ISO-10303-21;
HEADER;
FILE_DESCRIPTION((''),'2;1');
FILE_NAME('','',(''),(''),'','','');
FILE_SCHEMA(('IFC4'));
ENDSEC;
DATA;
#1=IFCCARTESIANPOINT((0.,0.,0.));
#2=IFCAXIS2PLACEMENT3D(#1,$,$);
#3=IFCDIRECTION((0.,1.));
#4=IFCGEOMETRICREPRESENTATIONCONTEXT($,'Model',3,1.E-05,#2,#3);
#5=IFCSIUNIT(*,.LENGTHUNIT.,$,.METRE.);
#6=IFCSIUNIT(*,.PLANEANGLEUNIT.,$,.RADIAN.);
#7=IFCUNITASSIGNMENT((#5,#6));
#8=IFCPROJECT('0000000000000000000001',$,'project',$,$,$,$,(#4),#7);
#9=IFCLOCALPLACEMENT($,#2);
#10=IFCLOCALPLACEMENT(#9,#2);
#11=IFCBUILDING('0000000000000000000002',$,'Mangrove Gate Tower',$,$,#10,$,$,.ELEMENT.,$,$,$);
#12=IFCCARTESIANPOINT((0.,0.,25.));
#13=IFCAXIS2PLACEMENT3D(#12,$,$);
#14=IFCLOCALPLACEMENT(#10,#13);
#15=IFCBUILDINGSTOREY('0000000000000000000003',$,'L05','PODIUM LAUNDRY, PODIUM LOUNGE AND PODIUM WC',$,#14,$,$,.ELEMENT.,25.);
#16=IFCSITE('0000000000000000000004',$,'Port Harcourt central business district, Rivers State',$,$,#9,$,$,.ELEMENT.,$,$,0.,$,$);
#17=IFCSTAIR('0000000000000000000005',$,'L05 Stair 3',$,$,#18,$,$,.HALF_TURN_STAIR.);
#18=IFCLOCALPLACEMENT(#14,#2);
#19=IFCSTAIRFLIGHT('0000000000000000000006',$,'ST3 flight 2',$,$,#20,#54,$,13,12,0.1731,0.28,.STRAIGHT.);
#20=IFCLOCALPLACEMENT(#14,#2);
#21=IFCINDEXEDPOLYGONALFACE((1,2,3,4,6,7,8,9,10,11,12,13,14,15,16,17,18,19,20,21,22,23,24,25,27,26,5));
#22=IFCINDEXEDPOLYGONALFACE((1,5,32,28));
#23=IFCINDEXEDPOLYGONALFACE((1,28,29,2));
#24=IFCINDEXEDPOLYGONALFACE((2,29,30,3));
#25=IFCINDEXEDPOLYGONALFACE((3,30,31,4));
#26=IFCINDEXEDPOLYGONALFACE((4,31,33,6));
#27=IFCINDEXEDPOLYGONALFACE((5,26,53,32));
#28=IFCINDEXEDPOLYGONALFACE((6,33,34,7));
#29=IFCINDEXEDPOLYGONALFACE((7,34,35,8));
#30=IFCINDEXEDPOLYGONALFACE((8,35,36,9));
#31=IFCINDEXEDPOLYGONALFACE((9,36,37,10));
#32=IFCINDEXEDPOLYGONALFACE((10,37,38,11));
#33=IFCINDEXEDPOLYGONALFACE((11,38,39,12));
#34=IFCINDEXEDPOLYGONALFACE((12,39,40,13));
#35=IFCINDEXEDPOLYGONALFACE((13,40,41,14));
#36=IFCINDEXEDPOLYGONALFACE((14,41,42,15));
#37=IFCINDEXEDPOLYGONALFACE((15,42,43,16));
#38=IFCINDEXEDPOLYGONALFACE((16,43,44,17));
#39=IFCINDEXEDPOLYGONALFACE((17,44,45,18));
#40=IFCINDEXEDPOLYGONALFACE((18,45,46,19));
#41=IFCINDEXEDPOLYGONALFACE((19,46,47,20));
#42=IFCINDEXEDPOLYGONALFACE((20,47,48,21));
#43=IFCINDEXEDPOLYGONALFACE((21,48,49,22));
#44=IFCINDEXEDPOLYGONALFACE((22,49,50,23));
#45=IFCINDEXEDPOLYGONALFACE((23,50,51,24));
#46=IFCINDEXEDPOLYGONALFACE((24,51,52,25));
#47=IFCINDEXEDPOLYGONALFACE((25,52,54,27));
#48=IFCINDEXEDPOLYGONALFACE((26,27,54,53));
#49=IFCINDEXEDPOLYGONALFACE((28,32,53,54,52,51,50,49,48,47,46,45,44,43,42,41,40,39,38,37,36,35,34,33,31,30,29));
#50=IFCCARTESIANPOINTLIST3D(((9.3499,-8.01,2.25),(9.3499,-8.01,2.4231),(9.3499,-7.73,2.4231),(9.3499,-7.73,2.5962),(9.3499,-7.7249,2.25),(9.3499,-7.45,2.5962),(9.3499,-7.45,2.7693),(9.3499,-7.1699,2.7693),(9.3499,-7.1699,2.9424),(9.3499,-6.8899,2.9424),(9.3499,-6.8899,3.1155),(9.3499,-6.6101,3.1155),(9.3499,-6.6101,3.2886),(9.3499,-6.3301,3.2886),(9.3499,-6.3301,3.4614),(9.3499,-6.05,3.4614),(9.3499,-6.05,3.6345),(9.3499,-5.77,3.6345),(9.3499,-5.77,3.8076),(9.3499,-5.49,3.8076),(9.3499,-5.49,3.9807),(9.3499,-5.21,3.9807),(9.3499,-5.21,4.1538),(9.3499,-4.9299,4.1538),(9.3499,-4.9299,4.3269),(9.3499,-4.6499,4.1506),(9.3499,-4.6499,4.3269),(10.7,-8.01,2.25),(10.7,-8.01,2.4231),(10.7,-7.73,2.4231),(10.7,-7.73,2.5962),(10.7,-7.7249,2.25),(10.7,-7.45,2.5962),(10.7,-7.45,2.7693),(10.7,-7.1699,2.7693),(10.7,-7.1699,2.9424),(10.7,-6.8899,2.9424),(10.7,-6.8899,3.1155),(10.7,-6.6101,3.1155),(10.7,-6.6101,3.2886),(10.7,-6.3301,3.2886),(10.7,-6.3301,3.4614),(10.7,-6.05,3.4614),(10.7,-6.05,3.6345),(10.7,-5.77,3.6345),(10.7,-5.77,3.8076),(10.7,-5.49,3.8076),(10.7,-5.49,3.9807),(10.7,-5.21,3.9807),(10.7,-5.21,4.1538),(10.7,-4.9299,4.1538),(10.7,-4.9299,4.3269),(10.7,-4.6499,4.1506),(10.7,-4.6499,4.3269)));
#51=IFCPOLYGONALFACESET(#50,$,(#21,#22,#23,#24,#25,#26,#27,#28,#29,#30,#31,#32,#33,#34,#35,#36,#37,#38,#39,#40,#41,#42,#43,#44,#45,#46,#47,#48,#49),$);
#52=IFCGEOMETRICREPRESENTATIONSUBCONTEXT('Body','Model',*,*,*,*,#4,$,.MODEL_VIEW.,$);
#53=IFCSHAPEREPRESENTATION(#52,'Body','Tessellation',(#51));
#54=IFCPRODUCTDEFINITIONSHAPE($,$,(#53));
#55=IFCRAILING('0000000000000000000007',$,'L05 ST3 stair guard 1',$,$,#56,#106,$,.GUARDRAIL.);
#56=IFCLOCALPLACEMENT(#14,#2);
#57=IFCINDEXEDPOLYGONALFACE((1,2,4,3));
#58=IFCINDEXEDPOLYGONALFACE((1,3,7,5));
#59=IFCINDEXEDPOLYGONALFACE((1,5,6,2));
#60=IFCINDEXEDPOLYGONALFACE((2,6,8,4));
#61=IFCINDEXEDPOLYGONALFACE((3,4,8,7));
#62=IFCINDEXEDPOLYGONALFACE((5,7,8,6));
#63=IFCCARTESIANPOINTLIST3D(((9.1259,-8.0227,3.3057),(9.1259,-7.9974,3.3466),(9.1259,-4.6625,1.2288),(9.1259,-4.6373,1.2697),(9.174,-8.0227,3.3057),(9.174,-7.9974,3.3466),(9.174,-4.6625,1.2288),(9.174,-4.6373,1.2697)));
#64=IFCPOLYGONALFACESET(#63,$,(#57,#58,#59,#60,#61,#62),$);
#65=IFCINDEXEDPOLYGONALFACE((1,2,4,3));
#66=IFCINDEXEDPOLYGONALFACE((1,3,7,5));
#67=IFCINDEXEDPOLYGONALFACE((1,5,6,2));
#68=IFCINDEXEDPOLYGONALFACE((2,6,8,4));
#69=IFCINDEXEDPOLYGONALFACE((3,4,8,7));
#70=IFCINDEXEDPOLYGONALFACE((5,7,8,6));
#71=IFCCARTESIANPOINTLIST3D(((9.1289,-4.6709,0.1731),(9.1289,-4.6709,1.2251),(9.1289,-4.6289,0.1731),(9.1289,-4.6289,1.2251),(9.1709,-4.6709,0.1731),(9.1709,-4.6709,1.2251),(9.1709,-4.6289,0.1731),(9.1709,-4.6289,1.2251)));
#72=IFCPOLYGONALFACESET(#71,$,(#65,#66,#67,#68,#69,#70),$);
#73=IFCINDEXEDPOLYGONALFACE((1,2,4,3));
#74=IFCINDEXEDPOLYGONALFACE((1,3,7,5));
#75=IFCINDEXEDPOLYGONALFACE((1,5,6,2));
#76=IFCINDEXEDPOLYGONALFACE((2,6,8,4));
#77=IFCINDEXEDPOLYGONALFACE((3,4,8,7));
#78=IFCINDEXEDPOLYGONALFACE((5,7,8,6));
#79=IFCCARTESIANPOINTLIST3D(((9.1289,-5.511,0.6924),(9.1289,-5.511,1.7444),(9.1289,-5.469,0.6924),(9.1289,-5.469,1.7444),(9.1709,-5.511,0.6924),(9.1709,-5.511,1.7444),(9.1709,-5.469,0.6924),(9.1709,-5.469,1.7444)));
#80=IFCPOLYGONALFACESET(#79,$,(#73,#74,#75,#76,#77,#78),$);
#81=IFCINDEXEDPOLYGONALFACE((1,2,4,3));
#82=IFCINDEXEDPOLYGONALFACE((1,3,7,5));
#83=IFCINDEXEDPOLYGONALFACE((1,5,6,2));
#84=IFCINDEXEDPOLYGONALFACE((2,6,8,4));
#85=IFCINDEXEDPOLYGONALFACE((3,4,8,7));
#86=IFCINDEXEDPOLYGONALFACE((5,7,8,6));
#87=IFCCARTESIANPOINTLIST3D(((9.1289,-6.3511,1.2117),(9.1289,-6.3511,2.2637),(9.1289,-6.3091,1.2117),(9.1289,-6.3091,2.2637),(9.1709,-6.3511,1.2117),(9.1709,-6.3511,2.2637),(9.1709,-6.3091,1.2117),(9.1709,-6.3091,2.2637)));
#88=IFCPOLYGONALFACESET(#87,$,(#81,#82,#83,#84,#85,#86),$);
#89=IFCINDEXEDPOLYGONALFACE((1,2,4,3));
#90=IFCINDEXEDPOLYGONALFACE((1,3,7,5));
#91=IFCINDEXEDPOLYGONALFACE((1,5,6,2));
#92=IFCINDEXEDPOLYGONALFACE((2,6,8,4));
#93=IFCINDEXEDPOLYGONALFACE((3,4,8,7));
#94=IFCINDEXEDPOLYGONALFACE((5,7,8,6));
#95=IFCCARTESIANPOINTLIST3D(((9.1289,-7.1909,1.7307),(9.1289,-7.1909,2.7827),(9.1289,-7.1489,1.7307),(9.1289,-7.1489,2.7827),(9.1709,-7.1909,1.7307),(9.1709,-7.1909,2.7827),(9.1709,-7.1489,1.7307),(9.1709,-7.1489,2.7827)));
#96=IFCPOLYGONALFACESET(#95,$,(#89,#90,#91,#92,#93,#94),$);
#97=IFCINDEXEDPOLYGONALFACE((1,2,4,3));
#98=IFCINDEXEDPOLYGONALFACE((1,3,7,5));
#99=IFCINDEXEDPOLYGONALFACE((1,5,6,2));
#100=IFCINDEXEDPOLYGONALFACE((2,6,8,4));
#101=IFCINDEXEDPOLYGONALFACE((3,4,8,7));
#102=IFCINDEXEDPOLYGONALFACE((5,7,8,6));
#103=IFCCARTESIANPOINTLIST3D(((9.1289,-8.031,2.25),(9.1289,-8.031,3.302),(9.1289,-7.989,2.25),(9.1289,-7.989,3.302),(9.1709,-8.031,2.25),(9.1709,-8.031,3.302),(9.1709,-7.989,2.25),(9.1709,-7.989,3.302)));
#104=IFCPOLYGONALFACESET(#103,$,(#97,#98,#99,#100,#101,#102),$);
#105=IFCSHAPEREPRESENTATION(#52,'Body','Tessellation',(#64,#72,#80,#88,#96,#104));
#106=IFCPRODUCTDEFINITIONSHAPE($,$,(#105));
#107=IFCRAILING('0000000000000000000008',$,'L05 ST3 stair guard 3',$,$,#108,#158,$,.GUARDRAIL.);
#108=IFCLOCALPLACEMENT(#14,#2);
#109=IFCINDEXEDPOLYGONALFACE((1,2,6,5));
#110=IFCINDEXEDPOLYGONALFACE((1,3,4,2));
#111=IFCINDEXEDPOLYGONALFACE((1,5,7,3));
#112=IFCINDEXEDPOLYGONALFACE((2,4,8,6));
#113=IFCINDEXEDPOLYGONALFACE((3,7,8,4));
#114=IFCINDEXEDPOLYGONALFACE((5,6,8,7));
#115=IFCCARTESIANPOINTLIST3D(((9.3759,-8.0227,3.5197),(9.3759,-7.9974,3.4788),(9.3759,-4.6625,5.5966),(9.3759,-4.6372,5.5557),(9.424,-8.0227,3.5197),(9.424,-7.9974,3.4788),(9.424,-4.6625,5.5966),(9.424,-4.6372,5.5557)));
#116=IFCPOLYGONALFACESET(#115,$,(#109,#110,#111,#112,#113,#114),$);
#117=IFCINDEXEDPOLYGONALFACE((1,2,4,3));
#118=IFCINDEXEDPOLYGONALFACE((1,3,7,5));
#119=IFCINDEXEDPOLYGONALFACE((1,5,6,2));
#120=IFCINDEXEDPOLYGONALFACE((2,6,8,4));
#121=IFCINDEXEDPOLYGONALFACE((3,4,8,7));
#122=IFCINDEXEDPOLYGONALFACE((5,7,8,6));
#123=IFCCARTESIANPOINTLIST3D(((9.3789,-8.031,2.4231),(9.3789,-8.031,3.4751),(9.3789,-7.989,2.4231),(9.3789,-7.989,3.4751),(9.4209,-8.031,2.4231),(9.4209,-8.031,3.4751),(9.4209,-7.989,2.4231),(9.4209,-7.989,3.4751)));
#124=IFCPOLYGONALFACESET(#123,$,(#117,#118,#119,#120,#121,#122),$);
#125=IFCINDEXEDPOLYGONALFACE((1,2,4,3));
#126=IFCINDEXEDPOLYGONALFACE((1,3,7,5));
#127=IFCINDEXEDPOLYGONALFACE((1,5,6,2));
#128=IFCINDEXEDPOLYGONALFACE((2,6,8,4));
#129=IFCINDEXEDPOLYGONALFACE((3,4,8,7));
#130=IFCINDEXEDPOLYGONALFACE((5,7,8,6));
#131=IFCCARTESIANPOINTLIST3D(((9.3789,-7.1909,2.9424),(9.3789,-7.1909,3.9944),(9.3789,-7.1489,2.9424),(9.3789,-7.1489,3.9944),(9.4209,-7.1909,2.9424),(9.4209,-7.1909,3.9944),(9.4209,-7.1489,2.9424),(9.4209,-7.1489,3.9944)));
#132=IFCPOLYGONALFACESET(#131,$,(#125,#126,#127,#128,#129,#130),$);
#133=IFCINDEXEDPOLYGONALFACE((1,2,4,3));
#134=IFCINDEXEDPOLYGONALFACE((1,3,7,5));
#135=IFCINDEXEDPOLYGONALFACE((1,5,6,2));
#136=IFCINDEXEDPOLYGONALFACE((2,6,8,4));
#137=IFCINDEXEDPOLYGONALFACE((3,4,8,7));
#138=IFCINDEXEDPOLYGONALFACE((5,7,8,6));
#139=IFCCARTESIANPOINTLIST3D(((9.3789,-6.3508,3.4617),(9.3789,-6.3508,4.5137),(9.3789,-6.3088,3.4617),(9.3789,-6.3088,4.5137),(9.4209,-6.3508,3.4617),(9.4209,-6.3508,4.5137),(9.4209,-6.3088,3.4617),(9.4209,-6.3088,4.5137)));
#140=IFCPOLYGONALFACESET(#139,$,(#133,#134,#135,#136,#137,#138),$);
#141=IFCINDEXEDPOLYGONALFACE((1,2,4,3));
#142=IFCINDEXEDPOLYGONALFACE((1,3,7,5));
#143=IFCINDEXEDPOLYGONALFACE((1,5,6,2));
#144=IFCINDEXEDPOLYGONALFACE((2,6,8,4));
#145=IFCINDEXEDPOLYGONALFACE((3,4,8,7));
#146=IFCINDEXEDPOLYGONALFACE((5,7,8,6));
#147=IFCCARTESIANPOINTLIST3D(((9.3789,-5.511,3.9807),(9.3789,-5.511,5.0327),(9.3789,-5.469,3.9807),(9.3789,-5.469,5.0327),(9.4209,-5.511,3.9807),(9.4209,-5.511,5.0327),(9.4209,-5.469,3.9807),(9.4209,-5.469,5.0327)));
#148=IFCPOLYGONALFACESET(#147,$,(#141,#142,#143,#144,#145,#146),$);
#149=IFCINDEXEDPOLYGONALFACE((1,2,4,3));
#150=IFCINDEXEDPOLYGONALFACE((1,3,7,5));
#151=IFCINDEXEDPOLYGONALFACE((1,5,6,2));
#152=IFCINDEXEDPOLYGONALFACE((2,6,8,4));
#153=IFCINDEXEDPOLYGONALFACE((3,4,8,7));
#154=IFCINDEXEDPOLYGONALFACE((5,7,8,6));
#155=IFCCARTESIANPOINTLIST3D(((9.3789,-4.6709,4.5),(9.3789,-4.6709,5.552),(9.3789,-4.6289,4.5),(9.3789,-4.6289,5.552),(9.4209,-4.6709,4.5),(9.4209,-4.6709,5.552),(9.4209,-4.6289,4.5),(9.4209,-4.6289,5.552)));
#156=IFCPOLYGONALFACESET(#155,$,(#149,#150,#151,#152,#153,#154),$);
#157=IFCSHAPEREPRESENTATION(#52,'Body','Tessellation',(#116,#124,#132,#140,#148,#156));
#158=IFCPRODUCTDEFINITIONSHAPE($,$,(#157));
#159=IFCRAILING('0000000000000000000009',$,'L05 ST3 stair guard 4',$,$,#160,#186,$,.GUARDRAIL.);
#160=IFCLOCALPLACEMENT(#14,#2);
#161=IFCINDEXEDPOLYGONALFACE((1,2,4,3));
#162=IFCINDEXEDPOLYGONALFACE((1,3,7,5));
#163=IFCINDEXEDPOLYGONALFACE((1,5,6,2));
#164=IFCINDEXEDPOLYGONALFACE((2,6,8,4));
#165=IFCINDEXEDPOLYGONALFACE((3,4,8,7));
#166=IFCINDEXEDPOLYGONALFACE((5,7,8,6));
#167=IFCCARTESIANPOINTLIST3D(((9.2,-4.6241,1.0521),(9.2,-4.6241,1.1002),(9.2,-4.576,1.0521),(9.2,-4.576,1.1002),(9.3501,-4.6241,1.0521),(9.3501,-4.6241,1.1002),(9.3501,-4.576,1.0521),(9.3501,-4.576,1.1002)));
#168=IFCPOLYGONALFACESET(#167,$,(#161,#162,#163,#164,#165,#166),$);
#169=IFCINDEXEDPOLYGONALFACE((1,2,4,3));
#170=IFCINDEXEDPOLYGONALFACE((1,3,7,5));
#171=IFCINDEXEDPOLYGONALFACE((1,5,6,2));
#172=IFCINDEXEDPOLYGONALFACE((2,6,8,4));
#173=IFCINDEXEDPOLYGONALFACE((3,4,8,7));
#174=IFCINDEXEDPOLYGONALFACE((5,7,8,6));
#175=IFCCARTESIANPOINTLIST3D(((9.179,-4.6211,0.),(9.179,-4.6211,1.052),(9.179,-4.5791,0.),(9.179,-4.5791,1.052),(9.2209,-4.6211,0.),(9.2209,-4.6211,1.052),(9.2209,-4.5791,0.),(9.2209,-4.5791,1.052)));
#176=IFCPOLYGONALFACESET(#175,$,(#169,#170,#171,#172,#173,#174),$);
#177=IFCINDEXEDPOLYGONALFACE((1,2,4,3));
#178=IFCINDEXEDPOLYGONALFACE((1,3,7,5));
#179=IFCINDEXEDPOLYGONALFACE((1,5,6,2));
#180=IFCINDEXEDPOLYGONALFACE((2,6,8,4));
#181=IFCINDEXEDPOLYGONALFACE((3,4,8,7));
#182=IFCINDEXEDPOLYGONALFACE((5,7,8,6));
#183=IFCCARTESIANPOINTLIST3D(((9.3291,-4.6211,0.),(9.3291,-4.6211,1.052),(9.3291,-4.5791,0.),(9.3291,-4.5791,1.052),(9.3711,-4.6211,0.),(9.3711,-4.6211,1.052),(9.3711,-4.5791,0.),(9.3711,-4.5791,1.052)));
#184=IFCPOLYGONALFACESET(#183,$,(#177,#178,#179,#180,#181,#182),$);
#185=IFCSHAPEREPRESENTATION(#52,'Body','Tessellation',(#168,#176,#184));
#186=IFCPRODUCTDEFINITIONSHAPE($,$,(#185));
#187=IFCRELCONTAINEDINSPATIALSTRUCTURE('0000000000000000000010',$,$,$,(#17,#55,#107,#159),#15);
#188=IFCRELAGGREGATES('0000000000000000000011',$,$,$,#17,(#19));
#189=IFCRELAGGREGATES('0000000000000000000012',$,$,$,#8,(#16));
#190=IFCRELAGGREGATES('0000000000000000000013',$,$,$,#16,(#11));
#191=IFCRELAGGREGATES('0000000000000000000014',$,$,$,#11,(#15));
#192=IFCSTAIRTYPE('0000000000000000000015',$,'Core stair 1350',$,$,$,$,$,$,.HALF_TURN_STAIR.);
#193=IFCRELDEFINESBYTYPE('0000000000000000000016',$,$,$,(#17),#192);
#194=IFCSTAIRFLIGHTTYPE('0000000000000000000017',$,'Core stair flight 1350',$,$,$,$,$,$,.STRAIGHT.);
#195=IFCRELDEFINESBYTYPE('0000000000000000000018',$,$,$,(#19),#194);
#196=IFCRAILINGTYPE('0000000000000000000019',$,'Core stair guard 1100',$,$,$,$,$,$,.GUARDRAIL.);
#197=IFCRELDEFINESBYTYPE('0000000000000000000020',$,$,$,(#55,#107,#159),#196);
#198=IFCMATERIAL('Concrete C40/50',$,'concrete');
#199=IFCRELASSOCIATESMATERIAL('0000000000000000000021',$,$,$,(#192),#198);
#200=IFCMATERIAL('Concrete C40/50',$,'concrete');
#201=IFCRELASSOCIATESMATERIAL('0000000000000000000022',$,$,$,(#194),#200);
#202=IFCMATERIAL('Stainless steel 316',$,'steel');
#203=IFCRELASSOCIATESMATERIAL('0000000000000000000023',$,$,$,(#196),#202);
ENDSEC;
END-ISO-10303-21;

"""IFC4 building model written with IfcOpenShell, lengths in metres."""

from ifc_helpers import new_model, si_unit, direction, frame, origin, origin_2d, place, context, subcontext, project, spatial, polyline, rectangle, outline, extrude, material, type_object, element, aggregate, save


model = new_model("IFC4")

# Units and contexts
model_context = context("Model", 3, precision=1e-05, world=origin(), true_north=direction((0.0, 1.0)))
body_context = subcontext(model_context, "Body", "Model", "MODEL_VIEW")
ifc_project = project(units=[si_unit("LENGTHUNIT", "METRE"), si_unit("PLANEANGLEUNIT", "RADIAN")], contexts=[model_context])

# Site, building, storey
site_placement = place(None, origin())
site = spatial("IfcSite", under=ifc_project, at=site_placement, Name="Port Harcourt central business district, Rivers State", CompositionType="ELEMENT", RefElevation=0.0)
building_placement = place(site_placement, origin())
building = spatial("IfcBuilding", under=site, at=building_placement, Name="Mangrove Gate Tower", CompositionType="ELEMENT")
storey_placement = place(building_placement, frame((0.0, 0.0, 25.0)))
storey = spatial("IfcBuildingStorey", under=building, at=storey_placement, Name="L05", Description="PODIUM LAUNDRY, PODIUM LOUNGE AND PODIUM WC", CompositionType="ELEMENT", Elevation=25.0)

# Stair, stair flight
ifc_material_1 = material(Name="Concrete C40/50", Category="concrete")
stair_type = type_object("IfcStairType", Name="Core stair 1350", PredefinedType="HALF_TURN_STAIR", material=ifc_material_1)
stair_placement = place(storey_placement, origin())
stair = element("IfcStair", 1, at=stair_placement, inside=storey, type_object=stair_type, Name="L05 Stair 3", PredefinedType="HALF_TURN_STAIR")
ifc_material_2 = material(Name="Concrete C40/50", Category="concrete")
stair_flight_type = type_object("IfcStairFlightType", Name="Core stair flight 1350", PredefinedType="STRAIGHT", material=ifc_material_2)
stair_flight_placement = place(storey_placement, frame((10.0249, -8.01, 2.25), z_axis=(0.0, 0.0, 1.0), x_axis=(0.0, 1.0, 0.0)))
stair_flight = element("IfcStairFlight", 2, at=stair_flight_placement, type_object=stair_flight_type, Name="ST3 flight 2", NumberOfRisers=13, NumberOfTreads=12, PredefinedType="STRAIGHT", RiserHeight=0.1731, TreadLength=0.28, context=body_context, shape_type="SweptSolid", body=[
    extrude(outline(polyline([(0.0, 0.0), (0.0, 0.1731), (0.28, 0.1731), (0.28, 0.3462), (0.5601, 0.3462), (0.5601, 0.5193), (0.8401, 0.5193), (0.8401, 0.6924), (1.1201, 0.6924), (1.1201, 0.8655), (1.3999, 0.8655), (1.3999, 1.0386), (1.6799, 1.0386), (1.6799, 1.2114), (1.96, 1.2114), (1.96, 1.3845), (2.24, 1.3845), (2.24, 1.5576), (2.52, 1.5576), (2.52, 1.7307), (2.8, 1.7307), (2.8, 1.9038), (3.0801, 1.9038), (3.0801, 2.0769), (3.3601, 2.0769), (3.3601, 2.25), (3.3601, 1.9006), (0.2852, 0.0), (0.0, 0.0)])), frame((0.0, 0.675, 0.0), z_axis=(0.0, -1.0, 0.0), x_axis=(1.0, 0.0, 0.0)), (0.0, 0.0, 1.0), 1.3501),
])
aggregate(stair, [stair_flight])

# Railings
ifc_material_3 = material(Name="Stainless steel 316", Category="steel")
railing_type_1 = type_object("IfcRailingType", Name="Core stair guard 1100", PredefinedType="GUARDRAIL", material=ifc_material_3)
railing_1_placement = place(storey_placement, frame((9.1499, -4.6499, 0.1731)))
element("IfcRailing", 3, at=railing_1_placement, inside=storey, type_object=railing_type_1, Name="L05 ST3 stair guard 1", PredefinedType="GUARDRAIL", context=body_context, shape_type="SweptSolid", body=[
    extrude(rectangle(XDim=0.0481, YDim=0.0481, at=origin_2d()), frame((0.0, 0.0, 1.0762), z_axis=(0.0, -0.850623, 0.525776), x_axis=(1.0, 0.0, 0.0)), (0.0, 0.0, 1.0), 3.9502),
    extrude(rectangle(XDim=0.042, YDim=0.042, at=origin_2d()), origin(), (0.0, 0.0, 1.0), 1.052),
    extrude(rectangle(XDim=0.042, YDim=0.042, at=origin_2d()), frame((0.0, -0.8401, 0.5193)), (0.0, 0.0, 1.0), 1.052),
    extrude(rectangle(XDim=0.042, YDim=0.042, at=origin_2d()), frame((0.0, -1.6802, 1.0386)), (0.0, 0.0, 1.0), 1.052),
    extrude(rectangle(XDim=0.042, YDim=0.042, at=origin_2d()), frame((0.0, -2.52, 1.5576)), (0.0, 0.0, 1.0), 1.052),
    extrude(rectangle(XDim=0.042, YDim=0.042, at=origin_2d()), frame((0.0, -3.3601, 2.0769)), (0.0, 0.0, 1.0), 1.052),
])
railing_2_placement = place(storey_placement, frame((9.3999, -8.01, 2.4231)))
element("IfcRailing", 4, at=railing_2_placement, inside=storey, type_object=railing_type_1, Name="L05 ST3 stair guard 3", PredefinedType="GUARDRAIL", context=body_context, shape_type="SweptSolid", body=[
    extrude(rectangle(XDim=0.0481, YDim=0.0481, at=origin_2d()), frame((0.0, 0.0, 1.0762), z_axis=(0.0, 0.850623, 0.525776), x_axis=(-1.0, 0.0, 0.0)), (0.0, 0.0, 1.0), 3.9502),
    extrude(rectangle(XDim=0.042, YDim=0.042, at=origin_2d()), origin(), (0.0, 0.0, 1.0), 1.052),
    extrude(rectangle(XDim=0.042, YDim=0.042, at=origin_2d()), frame((0.0, 0.8401, 0.5193)), (0.0, 0.0, 1.0), 1.052),
    extrude(rectangle(XDim=0.042, YDim=0.042, at=origin_2d()), frame((0.0, 1.6802, 1.0386)), (0.0, 0.0, 1.0), 1.052),
    extrude(rectangle(XDim=0.042, YDim=0.042, at=origin_2d()), frame((0.0, 2.52, 1.5576)), (0.0, 0.0, 1.0), 1.052),
    extrude(rectangle(XDim=0.042, YDim=0.042, at=origin_2d()), frame((0.0, 3.3601, 2.0769)), (0.0, 0.0, 1.0), 1.052),
])
railing_3_placement = place(storey_placement, frame((9.2, -4.6001, 0.0)))
element("IfcRailing", 5, at=railing_3_placement, inside=storey, type_object=railing_type_1, Name="L05 ST3 stair guard 4", PredefinedType="GUARDRAIL", context=body_context, shape_type="SweptSolid", body=[
    extrude(rectangle(XDim=0.0481, YDim=0.0481, at=origin_2d()), frame((0.0, 0.0, 1.0762), z_axis=(1.0, 0.0, 0.0), x_axis=(0.0, 1.0, 0.0)), (0.0, 0.0, 1.0), 0.1501),
    extrude(rectangle(XDim=0.042, YDim=0.042, at=origin_2d()), origin(), (0.0, 0.0, 1.0), 1.052),
    extrude(rectangle(XDim=0.042, YDim=0.042, at=origin_2d()), frame((0.1501, 0.0, 0.0)), (0.0, 0.0, 1.0), 1.052),
])

save(model, "model.ifc")
